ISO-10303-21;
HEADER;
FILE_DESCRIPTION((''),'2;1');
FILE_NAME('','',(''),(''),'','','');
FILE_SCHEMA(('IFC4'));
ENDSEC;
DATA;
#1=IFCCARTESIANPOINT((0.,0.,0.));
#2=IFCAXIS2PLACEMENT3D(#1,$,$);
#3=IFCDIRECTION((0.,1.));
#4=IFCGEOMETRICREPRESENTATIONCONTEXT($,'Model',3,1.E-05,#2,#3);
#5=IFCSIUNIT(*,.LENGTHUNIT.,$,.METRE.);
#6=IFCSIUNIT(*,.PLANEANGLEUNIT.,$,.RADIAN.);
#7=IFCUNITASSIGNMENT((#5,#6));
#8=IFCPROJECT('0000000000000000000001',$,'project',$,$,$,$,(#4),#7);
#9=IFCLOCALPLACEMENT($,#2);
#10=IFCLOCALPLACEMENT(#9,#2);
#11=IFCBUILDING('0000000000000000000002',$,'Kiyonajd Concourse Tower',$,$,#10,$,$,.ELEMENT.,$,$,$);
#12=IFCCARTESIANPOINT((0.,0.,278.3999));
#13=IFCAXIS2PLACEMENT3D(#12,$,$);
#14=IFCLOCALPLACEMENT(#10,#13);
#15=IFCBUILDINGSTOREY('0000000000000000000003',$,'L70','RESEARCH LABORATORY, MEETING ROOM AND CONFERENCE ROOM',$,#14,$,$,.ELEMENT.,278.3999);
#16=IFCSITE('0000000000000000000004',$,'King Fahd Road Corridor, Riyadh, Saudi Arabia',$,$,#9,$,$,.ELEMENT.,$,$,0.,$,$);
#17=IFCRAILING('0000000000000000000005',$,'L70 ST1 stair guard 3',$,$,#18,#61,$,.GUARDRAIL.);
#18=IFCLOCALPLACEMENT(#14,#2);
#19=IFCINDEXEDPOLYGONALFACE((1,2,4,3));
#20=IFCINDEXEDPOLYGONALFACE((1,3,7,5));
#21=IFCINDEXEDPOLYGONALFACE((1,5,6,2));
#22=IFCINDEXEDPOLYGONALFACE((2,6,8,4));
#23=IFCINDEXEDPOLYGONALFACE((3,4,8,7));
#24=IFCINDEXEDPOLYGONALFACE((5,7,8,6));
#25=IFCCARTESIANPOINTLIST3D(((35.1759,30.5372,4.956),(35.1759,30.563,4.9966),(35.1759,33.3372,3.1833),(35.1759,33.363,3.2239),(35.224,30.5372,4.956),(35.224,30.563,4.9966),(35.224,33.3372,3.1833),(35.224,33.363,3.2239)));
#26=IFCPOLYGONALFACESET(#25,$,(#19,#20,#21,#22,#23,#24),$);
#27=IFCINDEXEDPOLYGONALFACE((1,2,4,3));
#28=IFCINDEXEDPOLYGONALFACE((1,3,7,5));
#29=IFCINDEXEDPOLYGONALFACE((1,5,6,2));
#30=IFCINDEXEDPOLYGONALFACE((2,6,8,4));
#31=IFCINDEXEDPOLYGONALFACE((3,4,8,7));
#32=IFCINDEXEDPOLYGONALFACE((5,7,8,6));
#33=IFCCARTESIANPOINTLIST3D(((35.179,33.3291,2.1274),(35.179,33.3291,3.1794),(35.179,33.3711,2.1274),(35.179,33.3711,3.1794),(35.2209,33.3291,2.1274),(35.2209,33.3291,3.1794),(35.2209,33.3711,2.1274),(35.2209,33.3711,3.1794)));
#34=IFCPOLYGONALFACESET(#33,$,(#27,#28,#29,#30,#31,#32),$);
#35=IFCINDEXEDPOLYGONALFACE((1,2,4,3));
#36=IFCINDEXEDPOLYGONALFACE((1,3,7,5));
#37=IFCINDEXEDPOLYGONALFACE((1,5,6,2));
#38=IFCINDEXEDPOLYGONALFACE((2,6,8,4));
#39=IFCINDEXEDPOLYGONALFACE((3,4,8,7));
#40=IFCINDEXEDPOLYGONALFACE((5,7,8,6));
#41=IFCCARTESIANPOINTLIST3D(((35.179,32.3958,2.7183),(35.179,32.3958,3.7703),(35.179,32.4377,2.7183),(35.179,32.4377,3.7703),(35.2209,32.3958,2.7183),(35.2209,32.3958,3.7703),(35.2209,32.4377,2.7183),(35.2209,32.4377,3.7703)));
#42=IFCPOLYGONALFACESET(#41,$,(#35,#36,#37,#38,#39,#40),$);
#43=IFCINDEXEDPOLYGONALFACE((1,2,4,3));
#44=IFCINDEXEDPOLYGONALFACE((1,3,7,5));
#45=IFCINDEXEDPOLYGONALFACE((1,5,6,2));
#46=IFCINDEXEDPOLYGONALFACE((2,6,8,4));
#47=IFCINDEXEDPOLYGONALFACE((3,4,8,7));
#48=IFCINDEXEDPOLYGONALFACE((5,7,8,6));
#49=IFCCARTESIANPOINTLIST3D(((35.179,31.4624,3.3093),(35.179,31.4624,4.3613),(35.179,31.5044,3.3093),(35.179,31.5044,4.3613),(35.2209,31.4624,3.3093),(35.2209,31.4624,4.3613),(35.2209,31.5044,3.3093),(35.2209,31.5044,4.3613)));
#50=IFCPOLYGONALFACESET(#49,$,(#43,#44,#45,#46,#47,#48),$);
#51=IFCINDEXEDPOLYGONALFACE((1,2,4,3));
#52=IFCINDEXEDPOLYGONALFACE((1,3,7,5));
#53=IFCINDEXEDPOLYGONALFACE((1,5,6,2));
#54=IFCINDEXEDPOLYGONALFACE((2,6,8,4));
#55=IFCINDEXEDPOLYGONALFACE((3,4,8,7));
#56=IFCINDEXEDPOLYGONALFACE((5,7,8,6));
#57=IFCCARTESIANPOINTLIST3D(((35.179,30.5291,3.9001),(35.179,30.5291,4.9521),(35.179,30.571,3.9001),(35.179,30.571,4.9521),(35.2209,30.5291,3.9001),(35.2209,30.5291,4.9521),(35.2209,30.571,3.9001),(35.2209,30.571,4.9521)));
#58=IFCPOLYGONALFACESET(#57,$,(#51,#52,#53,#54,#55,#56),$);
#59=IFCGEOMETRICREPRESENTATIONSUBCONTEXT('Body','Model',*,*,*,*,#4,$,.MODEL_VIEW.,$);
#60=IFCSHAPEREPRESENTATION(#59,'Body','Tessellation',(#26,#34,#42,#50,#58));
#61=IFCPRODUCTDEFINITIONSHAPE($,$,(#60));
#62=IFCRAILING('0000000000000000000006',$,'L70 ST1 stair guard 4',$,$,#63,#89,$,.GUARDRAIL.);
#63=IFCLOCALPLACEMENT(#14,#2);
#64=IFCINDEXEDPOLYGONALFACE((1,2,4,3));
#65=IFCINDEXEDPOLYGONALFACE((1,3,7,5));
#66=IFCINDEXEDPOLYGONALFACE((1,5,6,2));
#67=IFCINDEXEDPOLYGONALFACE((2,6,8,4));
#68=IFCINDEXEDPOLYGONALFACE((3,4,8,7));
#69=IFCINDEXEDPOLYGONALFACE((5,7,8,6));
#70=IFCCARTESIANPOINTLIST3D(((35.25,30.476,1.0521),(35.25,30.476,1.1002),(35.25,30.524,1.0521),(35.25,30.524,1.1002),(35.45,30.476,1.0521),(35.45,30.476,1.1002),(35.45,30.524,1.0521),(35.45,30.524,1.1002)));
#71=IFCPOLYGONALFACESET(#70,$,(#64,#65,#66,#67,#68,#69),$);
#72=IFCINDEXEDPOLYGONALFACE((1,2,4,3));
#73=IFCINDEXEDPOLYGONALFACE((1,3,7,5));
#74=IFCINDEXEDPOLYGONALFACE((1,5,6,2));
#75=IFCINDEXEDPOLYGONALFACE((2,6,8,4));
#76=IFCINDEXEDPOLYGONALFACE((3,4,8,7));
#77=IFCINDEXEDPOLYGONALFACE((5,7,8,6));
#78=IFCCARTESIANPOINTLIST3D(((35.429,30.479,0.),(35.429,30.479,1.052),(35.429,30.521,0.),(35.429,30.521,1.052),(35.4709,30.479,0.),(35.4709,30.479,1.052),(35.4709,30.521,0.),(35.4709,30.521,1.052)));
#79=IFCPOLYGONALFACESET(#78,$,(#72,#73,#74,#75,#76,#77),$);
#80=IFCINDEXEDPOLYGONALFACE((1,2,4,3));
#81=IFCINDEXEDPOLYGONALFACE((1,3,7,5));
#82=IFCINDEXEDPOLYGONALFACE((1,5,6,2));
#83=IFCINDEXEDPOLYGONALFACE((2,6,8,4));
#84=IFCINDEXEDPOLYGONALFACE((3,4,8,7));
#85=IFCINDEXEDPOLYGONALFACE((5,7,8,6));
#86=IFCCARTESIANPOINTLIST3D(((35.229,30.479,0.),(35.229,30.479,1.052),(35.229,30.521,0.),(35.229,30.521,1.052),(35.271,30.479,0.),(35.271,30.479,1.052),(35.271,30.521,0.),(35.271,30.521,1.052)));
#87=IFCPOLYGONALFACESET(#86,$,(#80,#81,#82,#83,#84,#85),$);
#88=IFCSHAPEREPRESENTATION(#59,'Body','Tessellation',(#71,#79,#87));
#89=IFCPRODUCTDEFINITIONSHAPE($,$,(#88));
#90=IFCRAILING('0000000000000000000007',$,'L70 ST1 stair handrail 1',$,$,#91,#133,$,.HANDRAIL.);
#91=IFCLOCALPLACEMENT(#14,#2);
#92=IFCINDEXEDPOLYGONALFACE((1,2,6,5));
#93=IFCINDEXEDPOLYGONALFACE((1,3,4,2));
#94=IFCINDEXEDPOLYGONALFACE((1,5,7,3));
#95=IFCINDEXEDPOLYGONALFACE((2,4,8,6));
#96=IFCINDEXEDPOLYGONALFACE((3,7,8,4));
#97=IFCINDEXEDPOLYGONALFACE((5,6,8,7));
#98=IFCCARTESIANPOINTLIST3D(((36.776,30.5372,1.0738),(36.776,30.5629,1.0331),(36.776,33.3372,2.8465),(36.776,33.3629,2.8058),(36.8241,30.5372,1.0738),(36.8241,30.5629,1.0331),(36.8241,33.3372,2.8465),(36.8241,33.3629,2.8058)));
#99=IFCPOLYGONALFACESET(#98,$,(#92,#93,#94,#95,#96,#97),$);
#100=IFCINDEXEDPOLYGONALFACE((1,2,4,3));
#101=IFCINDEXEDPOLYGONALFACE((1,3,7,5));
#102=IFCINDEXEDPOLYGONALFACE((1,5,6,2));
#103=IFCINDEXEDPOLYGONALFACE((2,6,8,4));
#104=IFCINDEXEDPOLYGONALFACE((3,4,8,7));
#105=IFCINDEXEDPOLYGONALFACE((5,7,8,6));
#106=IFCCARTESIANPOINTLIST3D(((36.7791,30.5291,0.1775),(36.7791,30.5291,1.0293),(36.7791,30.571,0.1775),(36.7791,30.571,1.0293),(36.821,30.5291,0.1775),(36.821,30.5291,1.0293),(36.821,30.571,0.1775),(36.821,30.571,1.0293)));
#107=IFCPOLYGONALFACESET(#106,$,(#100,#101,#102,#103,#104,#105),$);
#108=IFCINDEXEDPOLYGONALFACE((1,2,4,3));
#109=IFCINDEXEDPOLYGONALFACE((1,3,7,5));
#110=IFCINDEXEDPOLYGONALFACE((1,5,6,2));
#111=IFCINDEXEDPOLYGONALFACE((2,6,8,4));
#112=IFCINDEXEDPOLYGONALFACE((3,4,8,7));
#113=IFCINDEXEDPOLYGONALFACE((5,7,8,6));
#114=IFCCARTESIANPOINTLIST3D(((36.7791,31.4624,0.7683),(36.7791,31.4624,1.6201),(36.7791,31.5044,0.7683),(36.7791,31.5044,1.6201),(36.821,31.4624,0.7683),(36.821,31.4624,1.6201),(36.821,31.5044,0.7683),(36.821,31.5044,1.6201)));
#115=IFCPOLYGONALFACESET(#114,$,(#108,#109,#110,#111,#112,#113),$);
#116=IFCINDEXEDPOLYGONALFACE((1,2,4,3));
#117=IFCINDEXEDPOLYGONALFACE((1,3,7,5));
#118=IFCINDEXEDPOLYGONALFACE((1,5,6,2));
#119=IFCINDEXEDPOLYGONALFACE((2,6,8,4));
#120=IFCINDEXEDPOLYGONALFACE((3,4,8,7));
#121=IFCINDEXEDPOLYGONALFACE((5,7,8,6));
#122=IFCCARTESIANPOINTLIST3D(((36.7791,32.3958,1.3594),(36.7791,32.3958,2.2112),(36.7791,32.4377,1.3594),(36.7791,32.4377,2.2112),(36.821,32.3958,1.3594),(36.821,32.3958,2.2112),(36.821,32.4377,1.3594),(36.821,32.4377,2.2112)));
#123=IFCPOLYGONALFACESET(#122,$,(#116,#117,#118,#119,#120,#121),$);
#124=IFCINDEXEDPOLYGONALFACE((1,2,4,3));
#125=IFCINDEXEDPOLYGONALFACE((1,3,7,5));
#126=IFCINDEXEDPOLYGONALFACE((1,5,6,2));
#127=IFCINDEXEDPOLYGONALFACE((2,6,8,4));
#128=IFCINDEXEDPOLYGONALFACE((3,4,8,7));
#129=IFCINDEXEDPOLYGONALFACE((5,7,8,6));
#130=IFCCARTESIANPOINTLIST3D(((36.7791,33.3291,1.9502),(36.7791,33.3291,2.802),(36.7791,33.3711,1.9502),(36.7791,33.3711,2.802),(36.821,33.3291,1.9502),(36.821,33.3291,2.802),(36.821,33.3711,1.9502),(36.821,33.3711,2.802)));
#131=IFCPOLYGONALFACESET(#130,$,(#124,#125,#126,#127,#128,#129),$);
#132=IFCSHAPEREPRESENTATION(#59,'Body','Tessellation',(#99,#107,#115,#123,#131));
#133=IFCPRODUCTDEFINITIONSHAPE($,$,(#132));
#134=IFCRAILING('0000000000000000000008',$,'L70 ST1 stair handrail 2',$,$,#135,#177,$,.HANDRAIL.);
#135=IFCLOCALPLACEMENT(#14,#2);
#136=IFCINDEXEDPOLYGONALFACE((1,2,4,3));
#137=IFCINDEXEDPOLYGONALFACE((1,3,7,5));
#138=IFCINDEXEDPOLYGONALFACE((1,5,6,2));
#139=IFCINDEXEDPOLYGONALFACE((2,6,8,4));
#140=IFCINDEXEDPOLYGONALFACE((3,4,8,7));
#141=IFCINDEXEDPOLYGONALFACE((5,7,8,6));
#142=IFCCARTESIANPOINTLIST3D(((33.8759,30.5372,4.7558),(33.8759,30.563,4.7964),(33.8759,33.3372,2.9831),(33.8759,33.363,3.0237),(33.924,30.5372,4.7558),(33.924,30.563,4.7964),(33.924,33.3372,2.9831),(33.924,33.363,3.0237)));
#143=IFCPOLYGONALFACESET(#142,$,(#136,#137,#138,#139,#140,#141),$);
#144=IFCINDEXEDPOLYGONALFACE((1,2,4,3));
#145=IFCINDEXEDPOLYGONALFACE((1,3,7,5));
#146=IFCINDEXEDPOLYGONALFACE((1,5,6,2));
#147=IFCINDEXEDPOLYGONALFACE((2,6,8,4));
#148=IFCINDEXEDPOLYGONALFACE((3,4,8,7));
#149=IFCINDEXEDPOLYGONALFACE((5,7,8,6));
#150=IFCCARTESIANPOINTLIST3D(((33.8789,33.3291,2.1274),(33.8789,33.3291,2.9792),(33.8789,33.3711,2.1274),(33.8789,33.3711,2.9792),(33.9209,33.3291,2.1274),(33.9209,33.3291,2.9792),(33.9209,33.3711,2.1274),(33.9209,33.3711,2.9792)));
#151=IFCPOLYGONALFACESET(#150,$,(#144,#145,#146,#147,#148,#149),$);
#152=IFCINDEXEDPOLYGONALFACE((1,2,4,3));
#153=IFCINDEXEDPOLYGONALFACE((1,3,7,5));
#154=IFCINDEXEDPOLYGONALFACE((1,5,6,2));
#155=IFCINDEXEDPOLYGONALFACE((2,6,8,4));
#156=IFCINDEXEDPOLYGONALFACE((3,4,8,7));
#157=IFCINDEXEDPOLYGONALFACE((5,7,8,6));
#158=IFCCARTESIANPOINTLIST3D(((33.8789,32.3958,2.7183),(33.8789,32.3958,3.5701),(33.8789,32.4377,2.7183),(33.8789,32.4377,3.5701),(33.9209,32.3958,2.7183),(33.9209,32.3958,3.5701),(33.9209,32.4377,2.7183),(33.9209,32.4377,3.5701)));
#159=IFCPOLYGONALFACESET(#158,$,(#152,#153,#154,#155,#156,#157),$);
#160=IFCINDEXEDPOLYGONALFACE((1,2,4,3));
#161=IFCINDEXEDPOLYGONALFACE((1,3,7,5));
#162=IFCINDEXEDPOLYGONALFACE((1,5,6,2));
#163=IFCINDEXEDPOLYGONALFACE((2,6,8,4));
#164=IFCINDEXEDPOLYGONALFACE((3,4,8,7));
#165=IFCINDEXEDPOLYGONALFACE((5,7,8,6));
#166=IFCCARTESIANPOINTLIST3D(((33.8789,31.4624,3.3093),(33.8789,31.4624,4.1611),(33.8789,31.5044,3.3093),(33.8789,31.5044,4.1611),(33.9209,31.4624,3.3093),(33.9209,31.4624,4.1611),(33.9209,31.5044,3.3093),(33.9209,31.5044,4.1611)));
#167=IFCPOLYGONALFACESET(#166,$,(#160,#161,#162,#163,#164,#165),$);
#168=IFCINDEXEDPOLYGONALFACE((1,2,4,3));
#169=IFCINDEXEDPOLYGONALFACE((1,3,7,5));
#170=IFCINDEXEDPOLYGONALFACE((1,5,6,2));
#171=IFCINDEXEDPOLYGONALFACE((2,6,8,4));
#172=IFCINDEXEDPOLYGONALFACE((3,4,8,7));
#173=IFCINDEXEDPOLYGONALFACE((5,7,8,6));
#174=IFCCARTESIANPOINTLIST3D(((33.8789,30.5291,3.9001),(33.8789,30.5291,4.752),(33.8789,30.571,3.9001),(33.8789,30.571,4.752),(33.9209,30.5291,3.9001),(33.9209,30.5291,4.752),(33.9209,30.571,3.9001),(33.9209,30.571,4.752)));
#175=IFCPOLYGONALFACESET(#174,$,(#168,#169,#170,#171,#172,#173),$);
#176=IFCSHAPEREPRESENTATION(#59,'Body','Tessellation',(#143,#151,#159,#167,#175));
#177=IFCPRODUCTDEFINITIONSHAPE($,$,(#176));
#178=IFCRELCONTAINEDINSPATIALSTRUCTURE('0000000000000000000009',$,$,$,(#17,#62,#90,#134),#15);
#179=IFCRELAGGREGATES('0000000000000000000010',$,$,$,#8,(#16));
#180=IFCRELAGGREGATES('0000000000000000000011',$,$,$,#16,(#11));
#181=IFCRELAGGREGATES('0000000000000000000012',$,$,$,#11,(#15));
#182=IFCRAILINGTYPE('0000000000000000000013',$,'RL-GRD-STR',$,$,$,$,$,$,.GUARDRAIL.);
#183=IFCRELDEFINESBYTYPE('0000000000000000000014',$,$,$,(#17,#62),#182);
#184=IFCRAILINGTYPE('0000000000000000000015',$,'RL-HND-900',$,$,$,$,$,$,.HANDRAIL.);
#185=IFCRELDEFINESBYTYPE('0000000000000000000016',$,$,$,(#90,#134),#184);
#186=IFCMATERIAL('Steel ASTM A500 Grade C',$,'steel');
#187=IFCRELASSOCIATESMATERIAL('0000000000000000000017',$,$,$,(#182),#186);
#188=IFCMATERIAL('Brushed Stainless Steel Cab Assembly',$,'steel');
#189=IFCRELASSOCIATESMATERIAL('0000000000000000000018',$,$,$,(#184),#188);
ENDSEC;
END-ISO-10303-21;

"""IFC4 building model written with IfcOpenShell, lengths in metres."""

from ifc_helpers import new_model, si_unit, direction, frame, origin, origin_2d, place, context, subcontext, project, spatial, rectangle, extrude, material, type_object, element, save


model = new_model("IFC4")

# Units and contexts
model_context = context("Model", 3, precision=1e-05, world=origin(), true_north=direction((0.0, 1.0)))
body_context = subcontext(model_context, "Body", "Model", "MODEL_VIEW")
ifc_project = project(units=[si_unit("LENGTHUNIT", "METRE"), si_unit("PLANEANGLEUNIT", "RADIAN")], contexts=[model_context])

# Site, building, storey
site_placement = place(None, origin())
site = spatial("IfcSite", under=ifc_project, at=site_placement, Name="King Fahd Road Corridor, Riyadh, Saudi Arabia", CompositionType="ELEMENT", RefElevation=0.0)
building_placement = place(site_placement, origin())
building = spatial("IfcBuilding", under=site, at=building_placement, Name="Kiyonajd Concourse Tower", CompositionType="ELEMENT")
storey_placement = place(building_placement, frame((0.0, 0.0, 278.3999)))
storey = spatial("IfcBuildingStorey", under=building, at=storey_placement, Name="L70", Description="RESEARCH LABORATORY, MEETING ROOM AND CONFERENCE ROOM", CompositionType="ELEMENT", Elevation=278.3999)

# Shared definitions
ifc_material_1 = material(Name="Brushed Stainless Steel Cab Assembly", Category="steel")

# Railings
ifc_material_2 = material(Name="Steel ASTM A500 Grade C", Category="steel")
railing_type_1 = type_object("IfcRailingType", Name="RL-GRD-STR", PredefinedType="GUARDRAIL", material=ifc_material_2)
railing_1_placement = place(storey_placement, frame((35.2, 33.3501, 2.1274)))
element("IfcRailing", 1, at=railing_1_placement, inside=storey, type_object=railing_type_1, Name="L70 ST1 stair guard 3", PredefinedType="GUARDRAIL", context=body_context, shape_type="SweptSolid", body=[
    extrude(rectangle(XDim=0.0481, YDim=0.0481, at=origin_2d()), frame((0.0, 0.0, 1.0762), z_axis=(0.0, -0.844909, 0.53491), x_axis=(1.0, 0.0, 0.0)), (0.0, 0.0, 1.0), 3.314),
    extrude(rectangle(XDim=0.042, YDim=0.042, at=origin_2d()), origin(), (0.0, 0.0, 1.0), 1.052),
    extrude(rectangle(XDim=0.042, YDim=0.042, at=origin_2d()), frame((0.0, -0.9333, 0.5908)), (0.0, 0.0, 1.0), 1.052),
    extrude(rectangle(XDim=0.042, YDim=0.042, at=origin_2d()), frame((0.0, -1.8667, 1.1819)), (0.0, 0.0, 1.0), 1.052),
    extrude(rectangle(XDim=0.042, YDim=0.042, at=origin_2d()), frame((0.0, -2.8, 1.7727)), (0.0, 0.0, 1.0), 1.052),
])
railing_2_placement = place(storey_placement, frame((35.45, 30.5, 0.0)))
element("IfcRailing", 2, at=railing_2_placement, inside=storey, type_object=railing_type_1, Name="L70 ST1 stair guard 4", PredefinedType="GUARDRAIL", context=body_context, shape_type="SweptSolid", body=[
    extrude(rectangle(XDim=0.0481, YDim=0.0481, at=origin_2d()), frame((0.0, 0.0, 1.0762), z_axis=(-1.0, 0.0, 0.0), x_axis=(0.0, -1.0, 0.0)), (0.0, 0.0, 1.0), 0.2),
    extrude(rectangle(XDim=0.042, YDim=0.042, at=origin_2d()), origin(), (0.0, 0.0, 1.0), 1.052),
    extrude(rectangle(XDim=0.042, YDim=0.042, at=origin_2d()), frame((-0.2, 0.0, 0.0)), (0.0, 0.0, 1.0), 1.052),
])
railing_type_2 = type_object("IfcRailingType", Name="RL-HND-900", PredefinedType="HANDRAIL", material=ifc_material_1)
railing_3_placement = place(storey_placement, frame((36.8, 30.55, 0.1775)))
element("IfcRailing", 3, at=railing_3_placement, inside=storey, type_object=railing_type_2, Name="L70 ST1 stair handrail 1", PredefinedType="HANDRAIL", context=body_context, shape_type="SweptSolid", body=[
    extrude(rectangle(XDim=0.0481, YDim=0.0481, at=origin_2d()), frame((0.0, 0.0, 0.876), z_axis=(0.0, 0.844909, 0.53491), x_axis=(-1.0, 0.0, 0.0)), (0.0, 0.0, 1.0), 3.314),
    extrude(rectangle(XDim=0.042, YDim=0.042, at=origin_2d()), origin(), (0.0, 0.0, 1.0), 0.8518),
    extrude(rectangle(XDim=0.042, YDim=0.042, at=origin_2d()), frame((0.0, 0.9333, 0.5908)), (0.0, 0.0, 1.0), 0.8518),
    extrude(rectangle(XDim=0.042, YDim=0.042, at=origin_2d()), frame((0.0, 1.8667, 1.1819)), (0.0, 0.0, 1.0), 0.8518),
    extrude(rectangle(XDim=0.042, YDim=0.042, at=origin_2d()), frame((0.0, 2.8, 1.7727)), (0.0, 0.0, 1.0), 0.8518),
])
railing_4_placement = place(storey_placement, frame((33.8999, 33.3501, 2.1274)))
element("IfcRailing", 4, at=railing_4_placement, inside=storey, type_object=railing_type_2, Name="L70 ST1 stair handrail 2", PredefinedType="HANDRAIL", context=body_context, shape_type="SweptSolid", body=[
    extrude(rectangle(XDim=0.0481, YDim=0.0481, at=origin_2d()), frame((0.0, 0.0, 0.876), z_axis=(0.0, -0.844909, 0.53491), x_axis=(1.0, 0.0, 0.0)), (0.0, 0.0, 1.0), 3.314),
    extrude(rectangle(XDim=0.042, YDim=0.042, at=origin_2d()), origin(), (0.0, 0.0, 1.0), 0.8518),
    extrude(rectangle(XDim=0.042, YDim=0.042, at=origin_2d()), frame((0.0, -0.9333, 0.5908)), (0.0, 0.0, 1.0), 0.8518),
    extrude(rectangle(XDim=0.042, YDim=0.042, at=origin_2d()), frame((0.0, -1.8667, 1.1819)), (0.0, 0.0, 1.0), 0.8518),
    extrude(rectangle(XDim=0.042, YDim=0.042, at=origin_2d()), frame((0.0, -2.8, 1.7727)), (0.0, 0.0, 1.0), 0.8518),
])

save(model, "model.ifc")
